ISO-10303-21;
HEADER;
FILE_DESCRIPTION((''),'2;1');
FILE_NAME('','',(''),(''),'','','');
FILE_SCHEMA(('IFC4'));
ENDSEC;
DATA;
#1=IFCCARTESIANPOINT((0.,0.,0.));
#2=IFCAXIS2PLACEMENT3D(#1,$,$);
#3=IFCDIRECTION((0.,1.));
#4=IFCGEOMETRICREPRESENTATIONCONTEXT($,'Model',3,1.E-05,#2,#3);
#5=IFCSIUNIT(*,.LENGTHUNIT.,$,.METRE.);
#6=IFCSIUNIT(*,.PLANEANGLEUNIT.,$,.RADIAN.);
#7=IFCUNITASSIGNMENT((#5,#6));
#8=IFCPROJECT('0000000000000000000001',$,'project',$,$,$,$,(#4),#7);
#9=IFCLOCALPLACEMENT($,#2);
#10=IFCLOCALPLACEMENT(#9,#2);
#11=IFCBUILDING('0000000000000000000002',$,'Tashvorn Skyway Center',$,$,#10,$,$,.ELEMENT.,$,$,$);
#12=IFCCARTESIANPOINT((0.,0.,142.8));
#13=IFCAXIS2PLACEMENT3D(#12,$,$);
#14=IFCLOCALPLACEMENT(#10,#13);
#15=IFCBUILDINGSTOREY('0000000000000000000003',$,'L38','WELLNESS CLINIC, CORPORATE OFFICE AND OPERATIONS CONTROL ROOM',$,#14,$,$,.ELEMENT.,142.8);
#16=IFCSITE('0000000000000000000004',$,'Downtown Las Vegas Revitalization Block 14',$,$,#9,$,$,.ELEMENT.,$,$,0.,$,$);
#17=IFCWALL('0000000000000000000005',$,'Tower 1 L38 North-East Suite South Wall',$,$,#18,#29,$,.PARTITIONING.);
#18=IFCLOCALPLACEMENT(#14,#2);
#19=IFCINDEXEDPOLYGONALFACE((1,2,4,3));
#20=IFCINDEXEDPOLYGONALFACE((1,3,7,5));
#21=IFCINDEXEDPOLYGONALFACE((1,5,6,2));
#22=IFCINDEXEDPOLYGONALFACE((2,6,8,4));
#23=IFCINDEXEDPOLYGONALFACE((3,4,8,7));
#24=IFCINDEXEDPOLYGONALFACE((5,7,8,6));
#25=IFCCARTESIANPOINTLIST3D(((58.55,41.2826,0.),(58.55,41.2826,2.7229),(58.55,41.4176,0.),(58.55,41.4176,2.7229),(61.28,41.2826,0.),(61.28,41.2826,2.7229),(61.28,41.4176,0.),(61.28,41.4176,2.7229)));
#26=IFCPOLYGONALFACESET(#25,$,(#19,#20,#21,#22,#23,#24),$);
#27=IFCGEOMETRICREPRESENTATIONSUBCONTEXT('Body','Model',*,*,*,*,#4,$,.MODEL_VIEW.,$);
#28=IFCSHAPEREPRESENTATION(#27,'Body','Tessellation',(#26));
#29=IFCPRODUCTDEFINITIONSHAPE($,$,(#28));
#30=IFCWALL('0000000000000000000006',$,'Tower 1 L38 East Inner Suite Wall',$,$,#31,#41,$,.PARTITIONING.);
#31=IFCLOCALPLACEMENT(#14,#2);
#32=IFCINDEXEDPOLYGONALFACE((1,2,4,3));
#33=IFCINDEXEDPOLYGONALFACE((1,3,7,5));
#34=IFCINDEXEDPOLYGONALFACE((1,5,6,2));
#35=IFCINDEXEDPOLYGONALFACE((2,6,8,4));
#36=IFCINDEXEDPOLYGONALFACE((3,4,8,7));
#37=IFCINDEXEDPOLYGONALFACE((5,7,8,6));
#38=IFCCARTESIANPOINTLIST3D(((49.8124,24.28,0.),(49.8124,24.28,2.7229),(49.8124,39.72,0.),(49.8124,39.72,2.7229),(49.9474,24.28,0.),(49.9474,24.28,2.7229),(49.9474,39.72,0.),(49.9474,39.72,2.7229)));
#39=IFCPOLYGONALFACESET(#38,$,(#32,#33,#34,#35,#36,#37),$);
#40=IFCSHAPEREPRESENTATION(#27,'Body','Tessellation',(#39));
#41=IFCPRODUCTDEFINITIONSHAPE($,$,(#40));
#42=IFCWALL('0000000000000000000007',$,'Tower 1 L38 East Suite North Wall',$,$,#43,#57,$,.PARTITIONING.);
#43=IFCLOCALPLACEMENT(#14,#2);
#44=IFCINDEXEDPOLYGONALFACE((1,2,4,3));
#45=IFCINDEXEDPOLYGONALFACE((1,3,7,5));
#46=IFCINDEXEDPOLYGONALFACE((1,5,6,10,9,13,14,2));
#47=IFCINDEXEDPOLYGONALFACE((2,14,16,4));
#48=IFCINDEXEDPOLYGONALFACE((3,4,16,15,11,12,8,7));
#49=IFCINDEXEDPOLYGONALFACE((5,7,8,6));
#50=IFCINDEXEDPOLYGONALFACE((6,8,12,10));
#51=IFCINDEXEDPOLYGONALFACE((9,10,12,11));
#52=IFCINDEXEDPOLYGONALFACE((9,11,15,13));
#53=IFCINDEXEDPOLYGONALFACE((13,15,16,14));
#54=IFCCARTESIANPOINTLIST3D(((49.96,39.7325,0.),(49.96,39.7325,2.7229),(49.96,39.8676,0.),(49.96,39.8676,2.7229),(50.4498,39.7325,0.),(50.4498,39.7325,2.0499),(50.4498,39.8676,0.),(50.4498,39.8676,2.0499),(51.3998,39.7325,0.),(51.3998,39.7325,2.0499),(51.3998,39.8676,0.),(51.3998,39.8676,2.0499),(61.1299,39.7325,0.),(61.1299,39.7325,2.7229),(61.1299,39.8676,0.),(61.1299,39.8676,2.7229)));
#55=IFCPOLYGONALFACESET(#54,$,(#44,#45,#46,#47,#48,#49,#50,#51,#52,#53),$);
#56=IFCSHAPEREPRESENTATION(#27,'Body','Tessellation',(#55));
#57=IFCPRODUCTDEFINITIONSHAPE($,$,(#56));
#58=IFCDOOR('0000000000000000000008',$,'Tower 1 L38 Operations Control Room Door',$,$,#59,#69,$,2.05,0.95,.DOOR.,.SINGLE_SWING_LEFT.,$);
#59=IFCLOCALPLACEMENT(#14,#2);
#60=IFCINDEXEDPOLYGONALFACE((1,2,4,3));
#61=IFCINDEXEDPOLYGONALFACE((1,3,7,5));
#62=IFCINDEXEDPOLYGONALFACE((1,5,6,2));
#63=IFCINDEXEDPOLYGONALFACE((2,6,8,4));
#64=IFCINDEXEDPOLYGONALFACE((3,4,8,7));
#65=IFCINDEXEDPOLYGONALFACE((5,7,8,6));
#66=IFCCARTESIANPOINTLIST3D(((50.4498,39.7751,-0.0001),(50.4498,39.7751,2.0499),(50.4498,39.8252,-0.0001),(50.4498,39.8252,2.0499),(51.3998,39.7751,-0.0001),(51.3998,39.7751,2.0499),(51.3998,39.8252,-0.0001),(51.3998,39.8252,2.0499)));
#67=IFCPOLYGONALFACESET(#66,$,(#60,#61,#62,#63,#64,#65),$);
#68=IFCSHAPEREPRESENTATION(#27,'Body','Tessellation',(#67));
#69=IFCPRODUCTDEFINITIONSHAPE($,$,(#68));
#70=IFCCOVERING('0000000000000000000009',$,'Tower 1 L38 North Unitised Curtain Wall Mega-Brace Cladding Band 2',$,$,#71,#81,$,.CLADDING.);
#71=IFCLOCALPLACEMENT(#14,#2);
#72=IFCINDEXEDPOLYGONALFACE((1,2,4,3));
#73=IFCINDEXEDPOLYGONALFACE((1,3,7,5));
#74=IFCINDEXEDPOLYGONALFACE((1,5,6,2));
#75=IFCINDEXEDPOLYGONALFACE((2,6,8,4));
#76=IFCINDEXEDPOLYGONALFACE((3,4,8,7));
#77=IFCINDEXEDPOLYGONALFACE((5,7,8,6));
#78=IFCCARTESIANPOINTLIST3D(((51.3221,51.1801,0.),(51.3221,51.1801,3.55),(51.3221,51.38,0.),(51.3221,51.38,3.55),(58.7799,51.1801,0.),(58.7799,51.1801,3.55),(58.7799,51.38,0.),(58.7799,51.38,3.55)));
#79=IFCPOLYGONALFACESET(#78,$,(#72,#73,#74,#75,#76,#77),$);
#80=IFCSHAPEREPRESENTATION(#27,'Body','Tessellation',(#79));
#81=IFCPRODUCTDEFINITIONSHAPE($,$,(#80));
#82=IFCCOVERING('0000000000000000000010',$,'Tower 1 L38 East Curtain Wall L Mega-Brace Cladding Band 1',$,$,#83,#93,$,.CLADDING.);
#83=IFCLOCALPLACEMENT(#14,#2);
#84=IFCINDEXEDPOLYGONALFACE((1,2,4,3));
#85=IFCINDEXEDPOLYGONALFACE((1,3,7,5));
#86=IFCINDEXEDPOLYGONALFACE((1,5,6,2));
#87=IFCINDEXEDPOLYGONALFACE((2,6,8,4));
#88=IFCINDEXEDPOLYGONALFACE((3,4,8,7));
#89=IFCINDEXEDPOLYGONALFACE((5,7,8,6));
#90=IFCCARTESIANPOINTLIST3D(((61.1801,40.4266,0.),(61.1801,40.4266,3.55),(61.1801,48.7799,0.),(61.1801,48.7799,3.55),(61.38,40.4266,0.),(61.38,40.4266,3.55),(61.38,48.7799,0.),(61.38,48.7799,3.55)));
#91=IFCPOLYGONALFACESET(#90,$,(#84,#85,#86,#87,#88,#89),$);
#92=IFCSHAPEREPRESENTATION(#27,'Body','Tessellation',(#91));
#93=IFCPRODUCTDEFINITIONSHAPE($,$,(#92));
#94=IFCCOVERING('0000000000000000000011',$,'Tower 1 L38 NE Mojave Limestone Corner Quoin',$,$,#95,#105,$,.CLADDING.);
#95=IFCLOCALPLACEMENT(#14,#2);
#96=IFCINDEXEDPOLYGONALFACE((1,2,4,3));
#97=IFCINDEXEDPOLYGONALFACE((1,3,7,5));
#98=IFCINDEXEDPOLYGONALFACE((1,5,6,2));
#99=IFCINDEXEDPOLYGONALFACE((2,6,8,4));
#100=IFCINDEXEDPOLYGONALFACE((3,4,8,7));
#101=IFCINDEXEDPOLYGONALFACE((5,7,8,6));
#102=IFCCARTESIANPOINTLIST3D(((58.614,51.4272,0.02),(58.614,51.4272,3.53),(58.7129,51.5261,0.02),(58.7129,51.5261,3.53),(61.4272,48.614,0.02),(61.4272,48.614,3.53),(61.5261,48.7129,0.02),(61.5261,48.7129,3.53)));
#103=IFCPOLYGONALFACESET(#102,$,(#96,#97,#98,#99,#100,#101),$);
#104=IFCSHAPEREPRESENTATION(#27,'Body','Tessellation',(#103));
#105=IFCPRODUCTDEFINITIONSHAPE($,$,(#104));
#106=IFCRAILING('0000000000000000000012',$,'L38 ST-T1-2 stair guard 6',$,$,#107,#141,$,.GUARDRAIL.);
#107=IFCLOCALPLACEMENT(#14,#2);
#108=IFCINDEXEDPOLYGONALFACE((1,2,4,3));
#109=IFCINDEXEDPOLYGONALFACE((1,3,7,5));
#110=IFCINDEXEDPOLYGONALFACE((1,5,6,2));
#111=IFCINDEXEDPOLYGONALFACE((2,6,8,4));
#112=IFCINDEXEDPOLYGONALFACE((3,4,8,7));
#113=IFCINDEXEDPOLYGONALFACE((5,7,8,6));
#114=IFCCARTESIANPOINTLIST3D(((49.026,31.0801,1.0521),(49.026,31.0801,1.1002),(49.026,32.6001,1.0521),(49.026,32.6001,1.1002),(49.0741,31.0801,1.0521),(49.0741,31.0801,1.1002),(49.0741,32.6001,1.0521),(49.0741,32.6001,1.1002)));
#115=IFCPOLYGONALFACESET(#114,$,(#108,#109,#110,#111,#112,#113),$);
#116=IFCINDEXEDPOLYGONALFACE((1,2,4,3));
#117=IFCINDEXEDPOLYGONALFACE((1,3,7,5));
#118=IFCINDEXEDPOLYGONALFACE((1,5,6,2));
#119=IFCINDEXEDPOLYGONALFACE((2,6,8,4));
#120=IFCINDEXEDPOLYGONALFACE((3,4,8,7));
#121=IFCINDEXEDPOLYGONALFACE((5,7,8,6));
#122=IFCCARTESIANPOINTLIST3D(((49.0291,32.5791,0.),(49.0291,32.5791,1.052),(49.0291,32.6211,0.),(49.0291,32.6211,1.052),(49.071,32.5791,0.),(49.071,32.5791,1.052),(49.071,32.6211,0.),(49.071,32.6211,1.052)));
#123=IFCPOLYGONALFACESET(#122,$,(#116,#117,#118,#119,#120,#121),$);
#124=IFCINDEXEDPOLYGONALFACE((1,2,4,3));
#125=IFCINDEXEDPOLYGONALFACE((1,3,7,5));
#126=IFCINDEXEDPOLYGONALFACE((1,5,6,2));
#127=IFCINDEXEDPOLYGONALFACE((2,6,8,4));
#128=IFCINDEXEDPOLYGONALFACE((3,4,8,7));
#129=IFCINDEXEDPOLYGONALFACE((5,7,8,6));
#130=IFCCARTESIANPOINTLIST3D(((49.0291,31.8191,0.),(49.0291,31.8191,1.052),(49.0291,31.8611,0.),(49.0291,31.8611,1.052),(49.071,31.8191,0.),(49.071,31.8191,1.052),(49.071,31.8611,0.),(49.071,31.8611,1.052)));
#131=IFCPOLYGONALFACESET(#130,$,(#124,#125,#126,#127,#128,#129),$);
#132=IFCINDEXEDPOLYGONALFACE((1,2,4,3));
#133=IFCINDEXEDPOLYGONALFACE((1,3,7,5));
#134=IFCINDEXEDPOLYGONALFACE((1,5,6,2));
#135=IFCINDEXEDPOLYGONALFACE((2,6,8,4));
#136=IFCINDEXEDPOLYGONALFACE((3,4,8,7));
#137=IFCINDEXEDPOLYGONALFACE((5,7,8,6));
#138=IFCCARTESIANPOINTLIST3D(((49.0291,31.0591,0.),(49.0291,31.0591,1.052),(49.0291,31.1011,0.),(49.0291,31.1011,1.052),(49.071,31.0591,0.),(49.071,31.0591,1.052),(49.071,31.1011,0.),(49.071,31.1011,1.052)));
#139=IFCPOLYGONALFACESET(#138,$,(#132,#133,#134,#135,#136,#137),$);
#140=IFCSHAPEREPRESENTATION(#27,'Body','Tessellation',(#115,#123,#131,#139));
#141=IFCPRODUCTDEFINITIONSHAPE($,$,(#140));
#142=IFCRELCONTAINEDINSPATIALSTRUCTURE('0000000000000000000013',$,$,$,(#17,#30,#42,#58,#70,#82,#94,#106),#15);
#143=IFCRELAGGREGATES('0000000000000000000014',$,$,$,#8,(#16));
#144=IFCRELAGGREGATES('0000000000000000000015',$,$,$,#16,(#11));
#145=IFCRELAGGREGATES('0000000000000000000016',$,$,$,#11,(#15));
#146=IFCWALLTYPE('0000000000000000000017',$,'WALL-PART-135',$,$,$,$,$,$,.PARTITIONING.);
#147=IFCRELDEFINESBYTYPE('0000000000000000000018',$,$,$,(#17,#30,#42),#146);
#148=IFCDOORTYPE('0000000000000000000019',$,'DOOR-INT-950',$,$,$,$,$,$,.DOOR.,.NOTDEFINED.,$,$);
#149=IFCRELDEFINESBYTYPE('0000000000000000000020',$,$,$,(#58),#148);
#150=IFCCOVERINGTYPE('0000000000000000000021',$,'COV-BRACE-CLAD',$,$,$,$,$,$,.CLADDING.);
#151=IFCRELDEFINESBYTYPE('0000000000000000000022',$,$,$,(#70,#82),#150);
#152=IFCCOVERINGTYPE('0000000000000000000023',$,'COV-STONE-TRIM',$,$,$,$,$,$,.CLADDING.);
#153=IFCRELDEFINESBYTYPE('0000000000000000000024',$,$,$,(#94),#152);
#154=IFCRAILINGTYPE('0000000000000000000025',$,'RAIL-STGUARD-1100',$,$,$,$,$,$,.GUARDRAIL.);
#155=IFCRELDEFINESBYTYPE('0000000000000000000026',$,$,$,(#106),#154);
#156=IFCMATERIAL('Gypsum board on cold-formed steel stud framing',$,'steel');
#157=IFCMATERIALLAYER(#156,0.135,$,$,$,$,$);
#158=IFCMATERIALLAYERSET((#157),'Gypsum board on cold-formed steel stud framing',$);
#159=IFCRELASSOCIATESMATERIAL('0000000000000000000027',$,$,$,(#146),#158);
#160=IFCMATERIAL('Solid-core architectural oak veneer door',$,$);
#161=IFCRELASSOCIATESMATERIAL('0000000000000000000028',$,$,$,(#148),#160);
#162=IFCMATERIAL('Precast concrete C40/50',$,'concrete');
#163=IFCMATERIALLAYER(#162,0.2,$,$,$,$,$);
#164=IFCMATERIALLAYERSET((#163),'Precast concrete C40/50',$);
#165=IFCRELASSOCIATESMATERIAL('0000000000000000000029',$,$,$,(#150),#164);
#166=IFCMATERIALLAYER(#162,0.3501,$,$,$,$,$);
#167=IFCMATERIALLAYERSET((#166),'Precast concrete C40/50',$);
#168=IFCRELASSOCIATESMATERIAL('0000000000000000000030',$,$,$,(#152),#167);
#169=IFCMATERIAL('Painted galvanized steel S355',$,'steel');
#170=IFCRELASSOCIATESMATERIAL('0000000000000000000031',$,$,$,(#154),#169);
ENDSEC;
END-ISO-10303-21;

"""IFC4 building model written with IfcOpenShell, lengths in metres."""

from ifc_helpers import new_model, si_unit, direction, frame, frame_2d, origin, origin_2d, place, context, subcontext, project, spatial, rectangle, extrude, material, layer, layer_set, type_object, element, fill, save


model = new_model("IFC4")

# Units and contexts
model_context = context("Model", 3, precision=1e-05, world=origin(), true_north=direction((0.0, 1.0)))
body_context = subcontext(model_context, "Body", "Model", "MODEL_VIEW")
ifc_project = project(units=[si_unit("LENGTHUNIT", "METRE"), si_unit("PLANEANGLEUNIT", "RADIAN")], contexts=[model_context])

# Site, building, storey
site_placement = place(None, origin())
site = spatial("IfcSite", under=ifc_project, at=site_placement, Name="Downtown Las Vegas Revitalization Block 14", CompositionType="ELEMENT", RefElevation=0.0)
building_placement = place(site_placement, origin())
building = spatial("IfcBuilding", under=site, at=building_placement, Name="Tashvorn Skyway Center", CompositionType="ELEMENT")
storey_placement = place(building_placement, frame((0.0, 0.0, 142.8)))
storey = spatial("IfcBuildingStorey", under=building, at=storey_placement, Name="L38", Description="WELLNESS CLINIC, CORPORATE OFFICE AND OPERATIONS CONTROL ROOM", CompositionType="ELEMENT", Elevation=142.8)

# Shared definitions
ifc_material_1 = material(Name="Precast concrete C40/50", Category="concrete")

# Walls
ifc_material_2 = material(Name="Gypsum board on cold-formed steel stud framing", Category="steel")
ifc_layer_1 = layer(ifc_material_2, 0.135)
ifc_layer_set_1 = layer_set([ifc_layer_1], Name="Gypsum board on cold-formed steel stud framing")
wall_type_1 = type_object("IfcWallType", Name="WALL-PART-135", PredefinedType="PARTITIONING", material=ifc_layer_set_1)
wall_1_placement = place(storey_placement, frame((58.55, 41.3501, 0.0), z_axis=(0.0, 0.0, 1.0), x_axis=(1.0, 0.0, 0.0)))
element("IfcWall", 1, at=wall_1_placement, inside=storey, type_object=wall_type_1, Name="Tower 1 L38 North-East Suite South Wall", PredefinedType="PARTITIONING", context=body_context, shape_type="SweptSolid", body=[
    extrude(rectangle(XDim=2.73, YDim=0.135, at=frame_2d((1.365, 0.0))), origin(), (0.0, 0.0, 1.0), 2.7229),
])
wall_2_placement = place(storey_placement, frame((49.8799, 39.72, 0.0), z_axis=(0.0, 0.0, 1.0), x_axis=(0.0, -1.0, 0.0)))
element("IfcWall", 2, at=wall_2_placement, inside=storey, type_object=wall_type_1, Name="Tower 1 L38 East Inner Suite Wall", PredefinedType="PARTITIONING", context=body_context, shape_type="SweptSolid", body=[
    extrude(rectangle(XDim=15.4399, YDim=0.135, at=frame_2d((7.72, 0.0))), origin(), (0.0, 0.0, 1.0), 2.7229),
])

# Wall, opening, door
wall_3_placement = place(storey_placement, frame((61.1299, 39.8, 0.0), z_axis=(0.0, 0.0, 1.0), x_axis=(-1.0, 0.0, 0.0)))
wall_3 = element("IfcWall", 3, at=wall_3_placement, inside=storey, type_object=wall_type_1, Name="Tower 1 L38 East Suite North Wall", PredefinedType="PARTITIONING", context=body_context, shape_type="SweptSolid", body=[
    extrude(rectangle(XDim=11.1699, YDim=0.135, at=frame_2d((5.585, 0.0))), origin(), (0.0, 0.0, 1.0), 2.7229),
])
opening_1_placement = place(wall_3_placement, frame((9.73, 0.0, 0.0)))
opening_1 = element("IfcOpeningElement", 4, at=opening_1_placement, cuts=wall_3, PredefinedType="OPENING", context=body_context, shape_type="SweptSolid", body=[
    extrude(rectangle(XDim=0.95, YDim=2.05, at=frame_2d((0.4751, 1.0249))), frame((0.0, 0.0774, 0.0), z_axis=(0.0, -1.0, 0.0), x_axis=(1.0, 0.0, 0.0)), (0.0, 0.0, 1.0), 0.155),
])
ifc_material_3 = material(Name="Solid-core architectural oak veneer door")
door_type_1 = type_object("IfcDoorType", Name="DOOR-INT-950", OperationType="NOTDEFINED", PredefinedType="DOOR", material=ifc_material_3)
door_1_placement = place(opening_1_placement, origin())
door_1 = element("IfcDoor", 5, at=door_1_placement, inside=storey, type_object=door_type_1, Name="Tower 1 L38 Operations Control Room Door", OperationType="SINGLE_SWING_LEFT", OverallHeight=2.05, OverallWidth=0.95, PredefinedType="DOOR", context=body_context, shape_type="SweptSolid", body=[
    extrude(rectangle(XDim=0.95, YDim=2.05, at=frame_2d((0.4751, 1.0249))), frame((0.0, 0.0249, 0.0), z_axis=(0.0, -1.0, 0.0), x_axis=(1.0, 0.0, 0.0)), (0.0, 0.0, 1.0), 0.05),
])
fill(opening_1, door_1)

# Coverings
ifc_layer_2 = layer(ifc_material_1, 0.2)
ifc_layer_set_2 = layer_set([ifc_layer_2], Name="Precast concrete C40/50")
covering_type_1 = type_object("IfcCoveringType", Name="COV-BRACE-CLAD", PredefinedType="CLADDING", material=ifc_layer_set_2)
covering_1_placement = place(storey_placement, frame((55.051, 51.28, 0.0), z_axis=(0.0, 0.0, 1.0), x_axis=(1.0, 0.0, 0.0)))
element("IfcCovering", 6, at=covering_1_placement, inside=storey, type_object=covering_type_1, Name="Tower 1 L38 North Unitised Curtain Wall Mega-Brace Cladding Band 2", PredefinedType="CLADDING", context=body_context, shape_type="SweptSolid", body=[
    extrude(rectangle(XDim=7.4578, YDim=0.2, at=origin_2d()), origin(), (0.0, 0.0, 1.0), 3.55),
])
covering_2_placement = place(storey_placement, frame((61.28, 44.6033, 0.0), z_axis=(0.0, 0.0, 1.0), x_axis=(0.0, -1.0, 0.0)))
element("IfcCovering", 7, at=covering_2_placement, inside=storey, type_object=covering_type_1, Name="Tower 1 L38 East Curtain Wall L Mega-Brace Cladding Band 1", PredefinedType="CLADDING", context=body_context, shape_type="SweptSolid", body=[
    extrude(rectangle(XDim=8.3533, YDim=0.2, at=origin_2d()), origin(), (0.0, 0.0, 1.0), 3.55),
])
ifc_layer_3 = layer(ifc_material_1, 0.3501)
ifc_layer_set_3 = layer_set([ifc_layer_3], Name="Precast concrete C40/50")
covering_type_2 = type_object("IfcCoveringType", Name="COV-STONE-TRIM", PredefinedType="CLADDING", material=ifc_layer_set_3)
covering_3_placement = place(storey_placement, frame((60.0701, 50.0701, 0.02), z_axis=(0.0, 0.0, 1.0), x_axis=(0.707107, -0.707107, 0.0)))
element("IfcCovering", 8, at=covering_3_placement, inside=storey, type_object=covering_type_2, Name="Tower 1 L38 NE Mojave Limestone Corner Quoin", PredefinedType="CLADDING", context=body_context, shape_type="SweptSolid", body=[
    extrude(rectangle(XDim=3.9785, YDim=0.1399, at=origin_2d()), origin(), (0.0, 0.0, 1.0), 3.51),
])

# Railing
ifc_material_4 = material(Name="Painted galvanized steel S355", Category="steel")
railing_type = type_object("IfcRailingType", Name="RAIL-STGUARD-1100", PredefinedType="GUARDRAIL", material=ifc_material_4)
railing_placement = place(storey_placement, frame((49.05, 32.6001, 0.0)))
element("IfcRailing", 9, at=railing_placement, inside=storey, type_object=railing_type, Name="L38 ST-T1-2 stair guard 6", PredefinedType="GUARDRAIL", context=body_context, shape_type="SweptSolid", body=[
    extrude(rectangle(XDim=0.0481, YDim=0.0481, at=origin_2d()), frame((0.0, 0.0, 1.0762), z_axis=(0.0, -1.0, 0.0), x_axis=(1.0, 0.0, 0.0)), (0.0, 0.0, 1.0), 1.52),
    extrude(rectangle(XDim=0.042, YDim=0.042, at=origin_2d()), origin(), (0.0, 0.0, 1.0), 1.052),
    extrude(rectangle(XDim=0.042, YDim=0.042, at=origin_2d()), frame((0.0, -0.76, 0.0)), (0.0, 0.0, 1.0), 1.052),
    extrude(rectangle(XDim=0.042, YDim=0.042, at=origin_2d()), frame((0.0, -1.52, 0.0)), (0.0, 0.0, 1.0), 1.052),
])

save(model, "model.ifc")
